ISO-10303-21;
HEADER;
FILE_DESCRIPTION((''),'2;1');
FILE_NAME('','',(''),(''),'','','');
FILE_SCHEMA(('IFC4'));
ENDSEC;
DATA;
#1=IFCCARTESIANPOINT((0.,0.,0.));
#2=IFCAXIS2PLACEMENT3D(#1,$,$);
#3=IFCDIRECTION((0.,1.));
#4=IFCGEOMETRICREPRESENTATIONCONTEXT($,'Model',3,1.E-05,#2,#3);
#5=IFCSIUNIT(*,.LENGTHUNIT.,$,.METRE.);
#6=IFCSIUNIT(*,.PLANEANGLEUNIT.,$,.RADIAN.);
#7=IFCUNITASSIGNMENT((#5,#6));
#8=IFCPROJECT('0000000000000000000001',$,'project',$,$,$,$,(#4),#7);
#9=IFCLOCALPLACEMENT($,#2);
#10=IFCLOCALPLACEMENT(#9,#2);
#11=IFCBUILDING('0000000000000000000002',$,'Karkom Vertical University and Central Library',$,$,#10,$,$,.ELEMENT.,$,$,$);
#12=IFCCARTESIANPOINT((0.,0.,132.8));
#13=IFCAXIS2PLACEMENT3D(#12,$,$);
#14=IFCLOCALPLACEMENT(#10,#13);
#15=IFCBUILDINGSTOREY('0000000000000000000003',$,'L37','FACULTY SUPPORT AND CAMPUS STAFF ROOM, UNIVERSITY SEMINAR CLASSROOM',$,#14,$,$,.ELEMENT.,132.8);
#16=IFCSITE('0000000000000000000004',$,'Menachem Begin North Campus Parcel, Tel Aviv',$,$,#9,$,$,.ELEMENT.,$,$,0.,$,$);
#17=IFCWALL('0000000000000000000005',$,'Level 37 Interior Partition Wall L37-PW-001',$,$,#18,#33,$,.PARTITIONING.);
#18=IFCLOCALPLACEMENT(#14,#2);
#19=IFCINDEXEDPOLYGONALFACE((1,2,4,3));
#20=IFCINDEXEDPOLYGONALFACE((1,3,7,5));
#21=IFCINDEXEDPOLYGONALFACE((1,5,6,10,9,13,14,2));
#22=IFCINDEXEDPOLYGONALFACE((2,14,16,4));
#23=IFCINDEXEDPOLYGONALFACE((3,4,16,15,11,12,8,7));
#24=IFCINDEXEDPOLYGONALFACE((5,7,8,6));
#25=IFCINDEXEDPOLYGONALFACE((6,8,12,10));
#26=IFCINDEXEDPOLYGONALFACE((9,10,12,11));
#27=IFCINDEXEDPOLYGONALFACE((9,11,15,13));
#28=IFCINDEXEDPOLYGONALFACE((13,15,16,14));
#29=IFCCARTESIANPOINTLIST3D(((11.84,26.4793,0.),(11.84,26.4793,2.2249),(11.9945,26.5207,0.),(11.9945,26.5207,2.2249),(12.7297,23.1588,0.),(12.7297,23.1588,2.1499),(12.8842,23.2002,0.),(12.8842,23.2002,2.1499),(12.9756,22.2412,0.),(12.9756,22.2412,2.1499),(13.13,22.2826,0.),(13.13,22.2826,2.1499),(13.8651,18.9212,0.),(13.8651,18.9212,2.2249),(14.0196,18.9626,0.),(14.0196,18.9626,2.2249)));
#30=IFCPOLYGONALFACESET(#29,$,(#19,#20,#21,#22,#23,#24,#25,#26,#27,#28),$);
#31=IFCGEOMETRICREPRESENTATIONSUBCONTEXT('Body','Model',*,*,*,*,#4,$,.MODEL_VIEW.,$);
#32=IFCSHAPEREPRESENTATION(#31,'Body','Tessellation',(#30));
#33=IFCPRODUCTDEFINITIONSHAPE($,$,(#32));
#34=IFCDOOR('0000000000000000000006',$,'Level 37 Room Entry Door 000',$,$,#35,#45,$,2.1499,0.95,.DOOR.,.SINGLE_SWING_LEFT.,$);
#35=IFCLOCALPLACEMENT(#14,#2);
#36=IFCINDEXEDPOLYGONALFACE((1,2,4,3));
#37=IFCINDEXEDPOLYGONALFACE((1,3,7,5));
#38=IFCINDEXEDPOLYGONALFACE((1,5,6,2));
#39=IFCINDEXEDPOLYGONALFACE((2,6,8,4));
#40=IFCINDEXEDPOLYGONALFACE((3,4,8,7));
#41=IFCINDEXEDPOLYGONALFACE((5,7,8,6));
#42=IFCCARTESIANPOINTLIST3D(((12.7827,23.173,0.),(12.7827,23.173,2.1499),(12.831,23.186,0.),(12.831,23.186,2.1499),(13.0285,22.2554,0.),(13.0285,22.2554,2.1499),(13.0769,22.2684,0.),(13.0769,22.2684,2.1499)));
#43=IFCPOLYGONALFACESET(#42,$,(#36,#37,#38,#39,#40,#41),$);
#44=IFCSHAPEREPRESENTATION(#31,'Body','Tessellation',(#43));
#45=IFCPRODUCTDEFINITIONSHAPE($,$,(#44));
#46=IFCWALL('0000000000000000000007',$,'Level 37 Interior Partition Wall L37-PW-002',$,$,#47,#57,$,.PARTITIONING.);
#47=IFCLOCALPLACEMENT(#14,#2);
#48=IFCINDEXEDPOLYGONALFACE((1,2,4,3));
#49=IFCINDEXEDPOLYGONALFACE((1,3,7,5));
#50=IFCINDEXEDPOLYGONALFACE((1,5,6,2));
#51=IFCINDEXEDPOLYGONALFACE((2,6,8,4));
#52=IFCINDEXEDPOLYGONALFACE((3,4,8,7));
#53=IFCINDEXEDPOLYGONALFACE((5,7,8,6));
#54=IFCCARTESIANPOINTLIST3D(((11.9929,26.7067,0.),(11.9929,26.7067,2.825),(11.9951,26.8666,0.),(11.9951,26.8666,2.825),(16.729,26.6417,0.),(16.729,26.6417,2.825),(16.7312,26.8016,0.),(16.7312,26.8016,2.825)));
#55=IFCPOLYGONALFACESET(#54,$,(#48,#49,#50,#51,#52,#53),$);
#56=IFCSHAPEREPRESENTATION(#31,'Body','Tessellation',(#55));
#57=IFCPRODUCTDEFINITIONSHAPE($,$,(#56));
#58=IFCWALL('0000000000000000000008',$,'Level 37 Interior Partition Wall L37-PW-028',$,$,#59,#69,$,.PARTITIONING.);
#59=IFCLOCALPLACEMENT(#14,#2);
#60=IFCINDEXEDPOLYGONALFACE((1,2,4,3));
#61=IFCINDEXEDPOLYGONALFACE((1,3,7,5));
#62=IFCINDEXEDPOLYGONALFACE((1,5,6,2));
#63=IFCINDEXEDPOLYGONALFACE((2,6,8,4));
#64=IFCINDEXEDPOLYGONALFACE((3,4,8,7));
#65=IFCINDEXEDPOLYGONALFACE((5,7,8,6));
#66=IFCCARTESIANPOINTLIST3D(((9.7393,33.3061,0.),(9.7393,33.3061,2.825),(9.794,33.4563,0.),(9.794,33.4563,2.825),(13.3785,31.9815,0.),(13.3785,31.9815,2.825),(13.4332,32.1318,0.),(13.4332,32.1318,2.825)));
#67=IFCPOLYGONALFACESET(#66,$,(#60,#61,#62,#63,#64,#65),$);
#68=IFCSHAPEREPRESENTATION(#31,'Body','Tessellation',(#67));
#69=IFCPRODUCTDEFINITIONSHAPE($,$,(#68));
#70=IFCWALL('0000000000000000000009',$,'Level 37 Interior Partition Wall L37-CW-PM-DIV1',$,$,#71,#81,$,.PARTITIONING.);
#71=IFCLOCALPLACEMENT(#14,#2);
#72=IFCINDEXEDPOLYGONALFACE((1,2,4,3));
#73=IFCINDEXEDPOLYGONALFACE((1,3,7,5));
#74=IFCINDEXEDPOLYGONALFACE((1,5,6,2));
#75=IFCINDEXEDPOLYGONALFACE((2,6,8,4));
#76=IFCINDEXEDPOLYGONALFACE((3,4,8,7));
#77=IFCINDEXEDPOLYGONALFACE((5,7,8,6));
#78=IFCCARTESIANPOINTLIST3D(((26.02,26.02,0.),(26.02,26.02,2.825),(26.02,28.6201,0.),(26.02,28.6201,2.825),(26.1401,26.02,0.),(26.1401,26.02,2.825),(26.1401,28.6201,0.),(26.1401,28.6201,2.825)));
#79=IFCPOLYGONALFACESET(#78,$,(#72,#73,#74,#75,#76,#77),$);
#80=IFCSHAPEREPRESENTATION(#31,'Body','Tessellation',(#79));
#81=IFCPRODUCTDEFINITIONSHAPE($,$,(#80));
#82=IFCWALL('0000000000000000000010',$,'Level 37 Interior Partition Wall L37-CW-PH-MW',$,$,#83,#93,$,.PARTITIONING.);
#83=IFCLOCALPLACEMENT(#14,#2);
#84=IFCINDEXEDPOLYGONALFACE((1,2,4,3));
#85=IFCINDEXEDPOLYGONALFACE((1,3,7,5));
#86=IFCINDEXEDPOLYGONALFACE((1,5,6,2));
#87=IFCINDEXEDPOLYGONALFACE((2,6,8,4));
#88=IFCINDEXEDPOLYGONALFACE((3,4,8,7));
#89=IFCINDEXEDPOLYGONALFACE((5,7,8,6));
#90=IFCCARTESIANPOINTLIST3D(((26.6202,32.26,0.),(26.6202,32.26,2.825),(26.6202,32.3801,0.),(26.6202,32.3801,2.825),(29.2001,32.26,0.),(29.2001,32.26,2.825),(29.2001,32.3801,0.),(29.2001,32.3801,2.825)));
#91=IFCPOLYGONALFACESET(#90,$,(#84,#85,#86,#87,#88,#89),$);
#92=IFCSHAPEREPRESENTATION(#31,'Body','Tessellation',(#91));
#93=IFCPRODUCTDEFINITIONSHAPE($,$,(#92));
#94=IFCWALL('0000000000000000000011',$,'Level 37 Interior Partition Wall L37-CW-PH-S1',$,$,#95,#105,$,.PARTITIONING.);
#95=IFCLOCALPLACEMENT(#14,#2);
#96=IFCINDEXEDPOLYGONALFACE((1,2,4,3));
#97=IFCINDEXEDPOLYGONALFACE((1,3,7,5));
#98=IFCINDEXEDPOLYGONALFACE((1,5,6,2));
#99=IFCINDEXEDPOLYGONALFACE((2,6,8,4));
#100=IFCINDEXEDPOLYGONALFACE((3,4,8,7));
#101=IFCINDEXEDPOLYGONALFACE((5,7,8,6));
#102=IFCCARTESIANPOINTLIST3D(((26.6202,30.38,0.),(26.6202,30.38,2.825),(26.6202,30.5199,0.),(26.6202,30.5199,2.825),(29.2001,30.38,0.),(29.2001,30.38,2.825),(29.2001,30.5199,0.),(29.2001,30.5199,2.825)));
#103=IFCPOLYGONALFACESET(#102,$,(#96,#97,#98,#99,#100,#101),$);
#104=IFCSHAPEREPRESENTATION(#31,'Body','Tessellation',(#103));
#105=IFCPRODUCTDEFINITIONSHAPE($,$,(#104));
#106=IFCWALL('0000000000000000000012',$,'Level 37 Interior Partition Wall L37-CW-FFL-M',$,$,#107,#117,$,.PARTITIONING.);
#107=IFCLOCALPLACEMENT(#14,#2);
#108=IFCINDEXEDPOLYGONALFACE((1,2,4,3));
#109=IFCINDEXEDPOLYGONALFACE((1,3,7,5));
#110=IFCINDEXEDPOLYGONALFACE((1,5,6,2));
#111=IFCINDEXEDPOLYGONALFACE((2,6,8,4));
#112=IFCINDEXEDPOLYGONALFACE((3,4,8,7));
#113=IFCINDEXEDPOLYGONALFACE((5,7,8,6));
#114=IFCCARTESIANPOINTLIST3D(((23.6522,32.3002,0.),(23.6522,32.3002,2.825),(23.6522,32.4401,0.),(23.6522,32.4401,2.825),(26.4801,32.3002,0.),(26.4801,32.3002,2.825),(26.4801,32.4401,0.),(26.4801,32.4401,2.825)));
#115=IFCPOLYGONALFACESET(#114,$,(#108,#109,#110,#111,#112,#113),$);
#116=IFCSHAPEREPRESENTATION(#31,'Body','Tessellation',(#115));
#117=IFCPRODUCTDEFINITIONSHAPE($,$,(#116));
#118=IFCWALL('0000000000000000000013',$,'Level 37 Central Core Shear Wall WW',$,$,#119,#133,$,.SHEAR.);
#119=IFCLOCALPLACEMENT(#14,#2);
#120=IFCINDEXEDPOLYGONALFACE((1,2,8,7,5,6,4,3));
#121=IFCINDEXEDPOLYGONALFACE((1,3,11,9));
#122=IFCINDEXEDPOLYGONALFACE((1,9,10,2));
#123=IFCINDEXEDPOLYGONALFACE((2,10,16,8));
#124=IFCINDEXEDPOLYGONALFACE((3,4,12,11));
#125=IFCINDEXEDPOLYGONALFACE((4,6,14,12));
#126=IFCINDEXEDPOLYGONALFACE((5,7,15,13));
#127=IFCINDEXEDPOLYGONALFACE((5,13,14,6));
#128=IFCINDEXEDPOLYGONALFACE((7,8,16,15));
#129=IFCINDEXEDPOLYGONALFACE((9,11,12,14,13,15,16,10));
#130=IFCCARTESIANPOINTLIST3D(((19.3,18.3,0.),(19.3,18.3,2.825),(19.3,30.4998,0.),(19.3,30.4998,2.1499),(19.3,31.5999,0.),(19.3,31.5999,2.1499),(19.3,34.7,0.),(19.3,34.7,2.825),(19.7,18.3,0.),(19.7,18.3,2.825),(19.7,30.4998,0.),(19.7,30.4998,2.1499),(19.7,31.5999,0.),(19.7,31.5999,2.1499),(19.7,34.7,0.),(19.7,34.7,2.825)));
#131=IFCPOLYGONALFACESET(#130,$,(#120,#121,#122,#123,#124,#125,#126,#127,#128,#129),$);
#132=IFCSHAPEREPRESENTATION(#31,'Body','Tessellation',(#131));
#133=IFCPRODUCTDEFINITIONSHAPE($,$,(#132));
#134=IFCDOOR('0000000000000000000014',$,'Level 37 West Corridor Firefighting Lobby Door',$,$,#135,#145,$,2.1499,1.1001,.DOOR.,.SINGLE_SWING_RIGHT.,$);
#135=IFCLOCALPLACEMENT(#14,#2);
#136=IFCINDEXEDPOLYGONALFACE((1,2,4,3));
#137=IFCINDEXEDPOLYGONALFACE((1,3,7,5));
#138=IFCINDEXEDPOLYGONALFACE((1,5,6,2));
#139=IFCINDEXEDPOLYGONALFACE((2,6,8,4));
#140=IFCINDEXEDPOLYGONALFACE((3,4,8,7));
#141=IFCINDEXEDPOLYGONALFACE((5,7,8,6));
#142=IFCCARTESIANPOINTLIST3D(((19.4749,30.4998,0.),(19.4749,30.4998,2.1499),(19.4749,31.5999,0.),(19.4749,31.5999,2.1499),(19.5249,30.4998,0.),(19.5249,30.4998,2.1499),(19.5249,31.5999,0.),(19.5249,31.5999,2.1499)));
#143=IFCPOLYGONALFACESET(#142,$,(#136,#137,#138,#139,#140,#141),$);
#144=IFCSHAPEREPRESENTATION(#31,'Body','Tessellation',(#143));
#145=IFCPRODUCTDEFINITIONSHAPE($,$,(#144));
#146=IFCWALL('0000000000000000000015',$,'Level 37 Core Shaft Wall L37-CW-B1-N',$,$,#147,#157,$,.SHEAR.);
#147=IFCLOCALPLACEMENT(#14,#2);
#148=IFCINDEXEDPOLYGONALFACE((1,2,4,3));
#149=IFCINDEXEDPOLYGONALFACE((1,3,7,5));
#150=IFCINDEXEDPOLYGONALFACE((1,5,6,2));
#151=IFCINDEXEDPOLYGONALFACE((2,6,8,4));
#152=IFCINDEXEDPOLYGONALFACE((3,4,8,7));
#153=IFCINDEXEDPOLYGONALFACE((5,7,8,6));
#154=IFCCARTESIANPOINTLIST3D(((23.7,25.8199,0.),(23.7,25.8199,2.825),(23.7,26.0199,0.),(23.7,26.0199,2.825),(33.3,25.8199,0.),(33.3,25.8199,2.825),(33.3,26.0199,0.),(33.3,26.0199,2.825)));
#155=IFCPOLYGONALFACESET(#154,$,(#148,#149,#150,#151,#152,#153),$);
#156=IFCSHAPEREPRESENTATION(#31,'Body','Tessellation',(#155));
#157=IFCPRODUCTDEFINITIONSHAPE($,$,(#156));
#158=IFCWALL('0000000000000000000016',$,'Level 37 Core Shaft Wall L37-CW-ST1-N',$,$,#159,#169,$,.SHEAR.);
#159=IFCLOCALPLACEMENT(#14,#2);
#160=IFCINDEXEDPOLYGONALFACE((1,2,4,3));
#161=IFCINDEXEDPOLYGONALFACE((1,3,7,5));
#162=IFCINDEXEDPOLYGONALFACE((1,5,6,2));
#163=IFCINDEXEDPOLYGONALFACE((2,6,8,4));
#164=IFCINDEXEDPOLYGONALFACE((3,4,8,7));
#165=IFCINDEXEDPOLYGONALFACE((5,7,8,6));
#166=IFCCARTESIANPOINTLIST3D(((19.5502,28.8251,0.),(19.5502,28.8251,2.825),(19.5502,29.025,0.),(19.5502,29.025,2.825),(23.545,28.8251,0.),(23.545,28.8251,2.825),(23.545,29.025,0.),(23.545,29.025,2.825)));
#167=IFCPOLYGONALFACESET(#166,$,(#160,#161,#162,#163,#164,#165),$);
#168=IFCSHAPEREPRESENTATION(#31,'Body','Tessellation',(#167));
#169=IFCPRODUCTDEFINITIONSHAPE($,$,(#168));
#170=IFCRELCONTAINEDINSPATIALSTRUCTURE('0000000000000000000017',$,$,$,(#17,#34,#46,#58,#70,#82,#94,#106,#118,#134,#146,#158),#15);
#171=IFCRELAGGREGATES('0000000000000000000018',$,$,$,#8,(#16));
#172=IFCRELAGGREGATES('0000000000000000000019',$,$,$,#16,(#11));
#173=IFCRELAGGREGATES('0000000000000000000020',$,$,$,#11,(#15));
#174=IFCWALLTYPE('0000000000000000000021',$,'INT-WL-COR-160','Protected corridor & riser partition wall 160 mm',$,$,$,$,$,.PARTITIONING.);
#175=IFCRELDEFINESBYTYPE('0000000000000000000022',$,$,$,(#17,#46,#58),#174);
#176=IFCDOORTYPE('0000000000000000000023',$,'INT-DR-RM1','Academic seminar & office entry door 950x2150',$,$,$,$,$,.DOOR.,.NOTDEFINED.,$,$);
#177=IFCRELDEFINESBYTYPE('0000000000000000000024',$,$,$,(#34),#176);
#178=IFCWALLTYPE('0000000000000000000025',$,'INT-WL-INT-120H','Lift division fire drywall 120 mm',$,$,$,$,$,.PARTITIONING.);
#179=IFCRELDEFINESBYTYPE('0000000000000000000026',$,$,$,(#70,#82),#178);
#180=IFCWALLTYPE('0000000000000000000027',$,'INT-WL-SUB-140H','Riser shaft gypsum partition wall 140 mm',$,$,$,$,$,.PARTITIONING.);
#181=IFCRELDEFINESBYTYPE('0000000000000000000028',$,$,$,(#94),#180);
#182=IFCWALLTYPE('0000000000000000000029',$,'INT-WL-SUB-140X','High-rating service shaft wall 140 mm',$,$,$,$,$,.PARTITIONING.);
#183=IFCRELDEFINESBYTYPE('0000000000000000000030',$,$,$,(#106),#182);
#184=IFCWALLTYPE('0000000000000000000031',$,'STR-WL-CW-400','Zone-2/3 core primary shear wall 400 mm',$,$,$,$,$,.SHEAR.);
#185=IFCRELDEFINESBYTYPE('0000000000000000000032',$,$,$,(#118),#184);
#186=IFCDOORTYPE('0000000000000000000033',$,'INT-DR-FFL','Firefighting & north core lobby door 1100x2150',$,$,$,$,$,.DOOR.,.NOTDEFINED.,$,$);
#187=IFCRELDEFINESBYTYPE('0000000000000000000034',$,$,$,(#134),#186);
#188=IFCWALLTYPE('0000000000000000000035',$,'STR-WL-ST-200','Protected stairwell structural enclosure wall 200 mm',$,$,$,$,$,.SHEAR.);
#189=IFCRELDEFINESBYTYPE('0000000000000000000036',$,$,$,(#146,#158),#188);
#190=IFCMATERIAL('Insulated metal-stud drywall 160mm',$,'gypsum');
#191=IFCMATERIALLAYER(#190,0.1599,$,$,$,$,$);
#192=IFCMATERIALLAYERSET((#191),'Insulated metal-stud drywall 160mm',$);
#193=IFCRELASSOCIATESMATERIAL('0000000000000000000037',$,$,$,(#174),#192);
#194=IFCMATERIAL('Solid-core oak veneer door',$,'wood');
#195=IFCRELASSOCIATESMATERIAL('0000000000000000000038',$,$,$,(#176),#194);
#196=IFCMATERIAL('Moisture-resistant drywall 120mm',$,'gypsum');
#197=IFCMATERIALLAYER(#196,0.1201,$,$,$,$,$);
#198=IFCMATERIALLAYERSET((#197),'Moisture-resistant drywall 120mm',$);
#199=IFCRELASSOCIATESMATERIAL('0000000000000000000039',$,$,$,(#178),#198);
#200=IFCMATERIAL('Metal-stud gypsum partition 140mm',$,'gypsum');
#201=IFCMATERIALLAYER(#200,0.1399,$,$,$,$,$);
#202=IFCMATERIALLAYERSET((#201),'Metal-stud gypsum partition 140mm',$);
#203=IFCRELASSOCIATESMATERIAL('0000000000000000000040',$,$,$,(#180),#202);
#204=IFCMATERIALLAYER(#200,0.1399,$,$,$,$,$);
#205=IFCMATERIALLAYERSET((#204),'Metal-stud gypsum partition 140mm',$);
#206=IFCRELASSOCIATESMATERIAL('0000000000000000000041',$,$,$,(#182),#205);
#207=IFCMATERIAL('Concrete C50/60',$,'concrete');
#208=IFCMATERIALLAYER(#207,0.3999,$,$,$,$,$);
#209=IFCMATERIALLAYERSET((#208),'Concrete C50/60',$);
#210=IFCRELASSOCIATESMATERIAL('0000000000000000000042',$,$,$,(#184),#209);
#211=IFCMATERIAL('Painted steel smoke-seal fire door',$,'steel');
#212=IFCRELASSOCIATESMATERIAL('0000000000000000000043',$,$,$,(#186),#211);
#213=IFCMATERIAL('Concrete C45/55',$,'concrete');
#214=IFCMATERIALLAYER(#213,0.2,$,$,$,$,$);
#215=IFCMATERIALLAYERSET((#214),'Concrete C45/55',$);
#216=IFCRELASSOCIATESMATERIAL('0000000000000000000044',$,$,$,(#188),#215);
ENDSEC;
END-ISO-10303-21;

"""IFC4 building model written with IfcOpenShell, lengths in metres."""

from ifc_helpers import new_model, si_unit, direction, frame, frame_2d, origin, origin_with_axes, place, context, subcontext, project, spatial, rectangle, extrude, source, transform, mapped, material, layer, layer_set, type_object, element, fill, save


model = new_model("IFC4")

# Units and contexts
model_context = context("Model", 3, precision=1e-05, world=origin(), true_north=direction((0.0, 1.0)))
body_context = subcontext(model_context, "Body", "Model", "MODEL_VIEW")
ifc_project = project(units=[si_unit("LENGTHUNIT", "METRE"), si_unit("PLANEANGLEUNIT", "RADIAN")], contexts=[model_context])

# Site, building, storey
site_placement = place(None, origin())
site = spatial("IfcSite", under=ifc_project, at=site_placement, Name="Menachem Begin North Campus Parcel, Tel Aviv", CompositionType="ELEMENT", RefElevation=0.0)
building_placement = place(site_placement, origin())
building = spatial("IfcBuilding", under=site, at=building_placement, Name="Karkom Vertical University and Central Library", CompositionType="ELEMENT")
storey_placement = place(building_placement, frame((0.0, 0.0, 132.8)))
storey = spatial("IfcBuildingStorey", under=building, at=storey_placement, Name="L37", Description="FACULTY SUPPORT AND CAMPUS STAFF ROOM, UNIVERSITY SEMINAR CLASSROOM", CompositionType="ELEMENT", Elevation=132.8)

# Shared definitions
ifc_material_1 = material(Name="Concrete C50/60", Category="concrete")

# Shared definitions
ifc_material_2 = material(Name="Insulated metal-stud drywall 160mm", Category="gypsum")
ifc_layer_1 = layer(ifc_material_2, 0.1599)
ifc_layer_set_1 = layer_set([ifc_layer_1], Name="Insulated metal-stud drywall 160mm")
wall_type_1 = type_object("IfcWallType", Name="INT-WL-COR-160", Description="Protected corridor & riser partition wall 160 mm", PredefinedType="PARTITIONING", material=ifc_layer_set_1)

# Wall, opening, door
wall_1_placement = place(storey_placement, frame((11.9172, 26.5, 0.0), z_axis=(0.0, 0.0, 1.0), x_axis=(0.258814, -0.965927, 0.0)))
wall_1 = element("IfcWall", 1, at=wall_1_placement, inside=storey, type_object=wall_type_1, Name="Level 37 Interior Partition Wall L37-PW-001", PredefinedType="PARTITIONING", context=body_context, shape_type="SweptSolid", body=[
    extrude(rectangle(XDim=7.8247, YDim=0.1599, at=frame_2d((3.9124, 0.0))), origin(), (0.0, 0.0, 1.0), 2.2249),
])
opening_1_placement = place(wall_1_placement, frame((3.4375, 0.0, 0.0)))
opening_1 = element("IfcOpeningElement", 2, at=opening_1_placement, cuts=wall_1, PredefinedType="OPENING", context=body_context, shape_type="SweptSolid", body=[
    extrude(rectangle(XDim=0.95, YDim=2.1499, at=frame_2d((0.4751, 1.075))), frame((0.0, 0.0898, 0.0), z_axis=(0.0, -1.0, 0.0), x_axis=(1.0, 0.0, 0.0)), (0.0, 0.0, 1.0), 0.1799),
])
ifc_material_3 = material(Name="Solid-core oak veneer door", Category="wood")
door_type_1 = type_object("IfcDoorType", Name="INT-DR-RM1", Description="Academic seminar & office entry door 950x2150", OperationType="NOTDEFINED", PredefinedType="DOOR", material=ifc_material_3)
shared_shape_1 = source(origin_with_axes(), body_context, "Body", "SweptSolid", [
    extrude(rectangle(XDim=0.95, YDim=2.1499, at=frame_2d((0.4751, 1.075))), frame((0.0, 0.0249, 0.0), z_axis=(0.0, -1.0, 0.0), x_axis=(1.0, 0.0, 0.0)), (0.0, 0.0, 1.0), 0.05),
])
door_1_placement = place(opening_1_placement, origin())
door_1 = element("IfcDoor", 3, at=door_1_placement, inside=storey, type_object=door_type_1, Name="Level 37 Room Entry Door 000", OperationType="SINGLE_SWING_LEFT", OverallHeight=2.1499, OverallWidth=0.95, PredefinedType="DOOR", context=body_context, shape_type="MappedRepresentation", body=[
    mapped(shared_shape_1, transform((0.0, 0.0, 0.0), scale=1.0)),
])
fill(opening_1, door_1)

# Walls
wall_2_placement = place(storey_placement, frame((16.73, 26.7217, 0.0), z_axis=(0.0, 0.0, 1.0), x_axis=(-0.999906, 0.013711, 0.0)))
element("IfcWall", 4, at=wall_2_placement, inside=storey, type_object=wall_type_1, Name="Level 37 Interior Partition Wall L37-PW-002", PredefinedType="PARTITIONING", context=body_context, shape_type="SweptSolid", body=[
    extrude(rectangle(XDim=4.7366, YDim=0.1599, at=frame_2d((2.3682, 0.0))), origin(), (0.0, 0.0, 1.0), 2.825),
])
wall_3_placement = place(storey_placement, frame((13.406, 32.0566, 0.0), z_axis=(0.0, 0.0, 1.0), x_axis=(-0.9397, 0.342001, 0.0)))
element("IfcWall", 5, at=wall_3_placement, inside=storey, type_object=wall_type_1, Name="Level 37 Interior Partition Wall L37-PW-028", PredefinedType="PARTITIONING", context=body_context, shape_type="SweptSolid", body=[
    extrude(rectangle(XDim=3.8728, YDim=0.1599, at=frame_2d((1.9365, 0.0))), origin(), (0.0, 0.0, 1.0), 2.825),
])
ifc_material_4 = material(Name="Moisture-resistant drywall 120mm", Category="gypsum")
ifc_layer_2 = layer(ifc_material_4, 0.1201)
ifc_layer_set_2 = layer_set([ifc_layer_2], Name="Moisture-resistant drywall 120mm")
wall_type_2 = type_object("IfcWallType", Name="INT-WL-INT-120H", Description="Lift division fire drywall 120 mm", PredefinedType="PARTITIONING", material=ifc_layer_set_2)
wall_4_placement = place(storey_placement, frame((26.0801, 26.02, 0.0), z_axis=(0.0, 0.0, 1.0), x_axis=(0.0, 1.0, 0.0)))
element("IfcWall", 6, at=wall_4_placement, inside=storey, type_object=wall_type_2, Name="Level 37 Interior Partition Wall L37-CW-PM-DIV1", PredefinedType="PARTITIONING", context=body_context, shape_type="SweptSolid", body=[
    extrude(rectangle(XDim=2.6001, YDim=0.1201, at=frame_2d((1.3, 0.0))), origin(), (0.0, 0.0, 1.0), 2.825),
])
wall_5_placement = place(storey_placement, frame((26.6201, 32.3201, 0.0), z_axis=(0.0, 0.0, 1.0), x_axis=(1.0, 0.0, 0.0)))
element("IfcWall", 7, at=wall_5_placement, inside=storey, type_object=wall_type_2, Name="Level 37 Interior Partition Wall L37-CW-PH-MW", PredefinedType="PARTITIONING", context=body_context, shape_type="SweptSolid", body=[
    extrude(rectangle(XDim=2.5798, YDim=0.1201, at=frame_2d((1.29, 0.0))), origin(), (0.0, 0.0, 1.0), 2.825),
])
ifc_material_5 = material(Name="Metal-stud gypsum partition 140mm", Category="gypsum")
ifc_layer_3 = layer(ifc_material_5, 0.1399)
ifc_layer_set_3 = layer_set([ifc_layer_3], Name="Metal-stud gypsum partition 140mm")
wall_type_3 = type_object("IfcWallType", Name="INT-WL-SUB-140H", Description="Riser shaft gypsum partition wall 140 mm", PredefinedType="PARTITIONING", material=ifc_layer_set_3)
wall_6_placement = place(storey_placement, frame((26.6201, 30.45, 0.0), z_axis=(0.0, 0.0, 1.0), x_axis=(1.0, 0.0, 0.0)))
element("IfcWall", 8, at=wall_6_placement, inside=storey, type_object=wall_type_3, Name="Level 37 Interior Partition Wall L37-CW-PH-S1", PredefinedType="PARTITIONING", context=body_context, shape_type="SweptSolid", body=[
    extrude(rectangle(XDim=2.5798, YDim=0.1399, at=frame_2d((1.29, 0.0))), origin(), (0.0, 0.0, 1.0), 2.825),
])
ifc_layer_4 = layer(ifc_material_5, 0.1399)
ifc_layer_set_4 = layer_set([ifc_layer_4], Name="Metal-stud gypsum partition 140mm")
wall_type_4 = type_object("IfcWallType", Name="INT-WL-SUB-140X", Description="High-rating service shaft wall 140 mm", PredefinedType="PARTITIONING", material=ifc_layer_set_4)
wall_7_placement = place(storey_placement, frame((23.6521, 32.3701, 0.0), z_axis=(0.0, 0.0, 1.0), x_axis=(1.0, 0.0, 0.0)))
element("IfcWall", 9, at=wall_7_placement, inside=storey, type_object=wall_type_4, Name="Level 37 Interior Partition Wall L37-CW-FFL-M", PredefinedType="PARTITIONING", context=body_context, shape_type="SweptSolid", body=[
    extrude(rectangle(XDim=2.8279, YDim=0.1399, at=frame_2d((1.4141, 0.0))), origin(), (0.0, 0.0, 1.0), 2.825),
])

# Wall, opening, door
ifc_layer_5 = layer(ifc_material_1, 0.3999)
ifc_layer_set_5 = layer_set([ifc_layer_5], Name="Concrete C50/60")
wall_type_5 = type_object("IfcWallType", Name="STR-WL-CW-400", Description="Zone-2/3 core primary shear wall 400 mm", PredefinedType="SHEAR", material=ifc_layer_set_5)
wall_8_placement = place(storey_placement, frame((19.5, 34.7, 0.0), z_axis=(0.0, 0.0, 1.0), x_axis=(0.0, -1.0, 0.0)))
wall_8 = element("IfcWall", 10, at=wall_8_placement, inside=storey, type_object=wall_type_5, Name="Level 37 Central Core Shear Wall WW", PredefinedType="SHEAR", context=body_context, shape_type="SweptSolid", body=[
    extrude(rectangle(XDim=16.3999, YDim=0.3999, at=frame_2d((8.2, 0.0))), origin(), (0.0, 0.0, 1.0), 2.825),
])
opening_2_placement = place(wall_8_placement, frame((3.1001, 0.0, 0.0)))
opening_2 = element("IfcOpeningElement", 11, at=opening_2_placement, cuts=wall_8, PredefinedType="OPENING", context=body_context, shape_type="SweptSolid", body=[
    extrude(rectangle(XDim=1.1001, YDim=2.1499, at=frame_2d((0.55, 1.075))), frame((0.0, 0.21, 0.0), z_axis=(0.0, -1.0, 0.0), x_axis=(1.0, 0.0, 0.0)), (0.0, 0.0, 1.0), 0.4199),
])
ifc_material_6 = material(Name="Painted steel smoke-seal fire door", Category="steel")
door_type_2 = type_object("IfcDoorType", Name="INT-DR-FFL", Description="Firefighting & north core lobby door 1100x2150", OperationType="NOTDEFINED", PredefinedType="DOOR", material=ifc_material_6)
shared_shape_2 = source(origin_with_axes(), body_context, "Body", "SweptSolid", [
    extrude(rectangle(XDim=1.1001, YDim=2.1499, at=frame_2d((0.55, 1.075))), frame((0.0, 0.0249, 0.0), z_axis=(0.0, -1.0, 0.0), x_axis=(1.0, 0.0, 0.0)), (0.0, 0.0, 1.0), 0.05),
])
door_2_placement = place(opening_2_placement, origin())
door_2 = element("IfcDoor", 12, at=door_2_placement, inside=storey, type_object=door_type_2, Name="Level 37 West Corridor Firefighting Lobby Door", OperationType="SINGLE_SWING_RIGHT", OverallHeight=2.1499, OverallWidth=1.1001, PredefinedType="DOOR", context=body_context, shape_type="MappedRepresentation", body=[
    mapped(shared_shape_2, transform((0.0, 0.0, 0.0), scale=1.0)),
])
fill(opening_2, door_2)

# Wall
ifc_material_7 = material(Name="Concrete C45/55", Category="concrete")
ifc_layer_6 = layer(ifc_material_7, 0.2)
ifc_layer_set_6 = layer_set([ifc_layer_6], Name="Concrete C45/55")
wall_type_6 = type_object("IfcWallType", Name="STR-WL-ST-200", Description="Protected stairwell structural enclosure wall 200 mm", PredefinedType="SHEAR", material=ifc_layer_set_6)
wall_9_placement = place(storey_placement, frame((23.7, 25.9199, 0.0), z_axis=(0.0, 0.0, 1.0), x_axis=(1.0, 0.0, 0.0)))
element("IfcWall", 13, at=wall_9_placement, inside=storey, type_object=wall_type_6, Name="Level 37 Core Shaft Wall L37-CW-B1-N", PredefinedType="SHEAR", context=body_context, shape_type="SweptSolid", body=[
    extrude(rectangle(XDim=9.6001, YDim=0.2, at=frame_2d((4.8, 0.0))), origin(), (0.0, 0.0, 1.0), 2.825),
])

# Wall
wall_10_placement = place(storey_placement, frame((19.55, 28.925, 0.0), z_axis=(0.0, 0.0, 1.0), x_axis=(1.0, 0.0, 0.0)))
element("IfcWall", 14, at=wall_10_placement, inside=storey, type_object=wall_type_6, Name="Level 37 Core Shaft Wall L37-CW-ST1-N", PredefinedType="SHEAR", context=body_context, shape_type="SweptSolid", body=[
    extrude(rectangle(XDim=3.9949, YDim=0.2, at=frame_2d((1.9976, 0.0))), origin(), (0.0, 0.0, 1.0), 2.825),
])

save(model, "model.ifc")
